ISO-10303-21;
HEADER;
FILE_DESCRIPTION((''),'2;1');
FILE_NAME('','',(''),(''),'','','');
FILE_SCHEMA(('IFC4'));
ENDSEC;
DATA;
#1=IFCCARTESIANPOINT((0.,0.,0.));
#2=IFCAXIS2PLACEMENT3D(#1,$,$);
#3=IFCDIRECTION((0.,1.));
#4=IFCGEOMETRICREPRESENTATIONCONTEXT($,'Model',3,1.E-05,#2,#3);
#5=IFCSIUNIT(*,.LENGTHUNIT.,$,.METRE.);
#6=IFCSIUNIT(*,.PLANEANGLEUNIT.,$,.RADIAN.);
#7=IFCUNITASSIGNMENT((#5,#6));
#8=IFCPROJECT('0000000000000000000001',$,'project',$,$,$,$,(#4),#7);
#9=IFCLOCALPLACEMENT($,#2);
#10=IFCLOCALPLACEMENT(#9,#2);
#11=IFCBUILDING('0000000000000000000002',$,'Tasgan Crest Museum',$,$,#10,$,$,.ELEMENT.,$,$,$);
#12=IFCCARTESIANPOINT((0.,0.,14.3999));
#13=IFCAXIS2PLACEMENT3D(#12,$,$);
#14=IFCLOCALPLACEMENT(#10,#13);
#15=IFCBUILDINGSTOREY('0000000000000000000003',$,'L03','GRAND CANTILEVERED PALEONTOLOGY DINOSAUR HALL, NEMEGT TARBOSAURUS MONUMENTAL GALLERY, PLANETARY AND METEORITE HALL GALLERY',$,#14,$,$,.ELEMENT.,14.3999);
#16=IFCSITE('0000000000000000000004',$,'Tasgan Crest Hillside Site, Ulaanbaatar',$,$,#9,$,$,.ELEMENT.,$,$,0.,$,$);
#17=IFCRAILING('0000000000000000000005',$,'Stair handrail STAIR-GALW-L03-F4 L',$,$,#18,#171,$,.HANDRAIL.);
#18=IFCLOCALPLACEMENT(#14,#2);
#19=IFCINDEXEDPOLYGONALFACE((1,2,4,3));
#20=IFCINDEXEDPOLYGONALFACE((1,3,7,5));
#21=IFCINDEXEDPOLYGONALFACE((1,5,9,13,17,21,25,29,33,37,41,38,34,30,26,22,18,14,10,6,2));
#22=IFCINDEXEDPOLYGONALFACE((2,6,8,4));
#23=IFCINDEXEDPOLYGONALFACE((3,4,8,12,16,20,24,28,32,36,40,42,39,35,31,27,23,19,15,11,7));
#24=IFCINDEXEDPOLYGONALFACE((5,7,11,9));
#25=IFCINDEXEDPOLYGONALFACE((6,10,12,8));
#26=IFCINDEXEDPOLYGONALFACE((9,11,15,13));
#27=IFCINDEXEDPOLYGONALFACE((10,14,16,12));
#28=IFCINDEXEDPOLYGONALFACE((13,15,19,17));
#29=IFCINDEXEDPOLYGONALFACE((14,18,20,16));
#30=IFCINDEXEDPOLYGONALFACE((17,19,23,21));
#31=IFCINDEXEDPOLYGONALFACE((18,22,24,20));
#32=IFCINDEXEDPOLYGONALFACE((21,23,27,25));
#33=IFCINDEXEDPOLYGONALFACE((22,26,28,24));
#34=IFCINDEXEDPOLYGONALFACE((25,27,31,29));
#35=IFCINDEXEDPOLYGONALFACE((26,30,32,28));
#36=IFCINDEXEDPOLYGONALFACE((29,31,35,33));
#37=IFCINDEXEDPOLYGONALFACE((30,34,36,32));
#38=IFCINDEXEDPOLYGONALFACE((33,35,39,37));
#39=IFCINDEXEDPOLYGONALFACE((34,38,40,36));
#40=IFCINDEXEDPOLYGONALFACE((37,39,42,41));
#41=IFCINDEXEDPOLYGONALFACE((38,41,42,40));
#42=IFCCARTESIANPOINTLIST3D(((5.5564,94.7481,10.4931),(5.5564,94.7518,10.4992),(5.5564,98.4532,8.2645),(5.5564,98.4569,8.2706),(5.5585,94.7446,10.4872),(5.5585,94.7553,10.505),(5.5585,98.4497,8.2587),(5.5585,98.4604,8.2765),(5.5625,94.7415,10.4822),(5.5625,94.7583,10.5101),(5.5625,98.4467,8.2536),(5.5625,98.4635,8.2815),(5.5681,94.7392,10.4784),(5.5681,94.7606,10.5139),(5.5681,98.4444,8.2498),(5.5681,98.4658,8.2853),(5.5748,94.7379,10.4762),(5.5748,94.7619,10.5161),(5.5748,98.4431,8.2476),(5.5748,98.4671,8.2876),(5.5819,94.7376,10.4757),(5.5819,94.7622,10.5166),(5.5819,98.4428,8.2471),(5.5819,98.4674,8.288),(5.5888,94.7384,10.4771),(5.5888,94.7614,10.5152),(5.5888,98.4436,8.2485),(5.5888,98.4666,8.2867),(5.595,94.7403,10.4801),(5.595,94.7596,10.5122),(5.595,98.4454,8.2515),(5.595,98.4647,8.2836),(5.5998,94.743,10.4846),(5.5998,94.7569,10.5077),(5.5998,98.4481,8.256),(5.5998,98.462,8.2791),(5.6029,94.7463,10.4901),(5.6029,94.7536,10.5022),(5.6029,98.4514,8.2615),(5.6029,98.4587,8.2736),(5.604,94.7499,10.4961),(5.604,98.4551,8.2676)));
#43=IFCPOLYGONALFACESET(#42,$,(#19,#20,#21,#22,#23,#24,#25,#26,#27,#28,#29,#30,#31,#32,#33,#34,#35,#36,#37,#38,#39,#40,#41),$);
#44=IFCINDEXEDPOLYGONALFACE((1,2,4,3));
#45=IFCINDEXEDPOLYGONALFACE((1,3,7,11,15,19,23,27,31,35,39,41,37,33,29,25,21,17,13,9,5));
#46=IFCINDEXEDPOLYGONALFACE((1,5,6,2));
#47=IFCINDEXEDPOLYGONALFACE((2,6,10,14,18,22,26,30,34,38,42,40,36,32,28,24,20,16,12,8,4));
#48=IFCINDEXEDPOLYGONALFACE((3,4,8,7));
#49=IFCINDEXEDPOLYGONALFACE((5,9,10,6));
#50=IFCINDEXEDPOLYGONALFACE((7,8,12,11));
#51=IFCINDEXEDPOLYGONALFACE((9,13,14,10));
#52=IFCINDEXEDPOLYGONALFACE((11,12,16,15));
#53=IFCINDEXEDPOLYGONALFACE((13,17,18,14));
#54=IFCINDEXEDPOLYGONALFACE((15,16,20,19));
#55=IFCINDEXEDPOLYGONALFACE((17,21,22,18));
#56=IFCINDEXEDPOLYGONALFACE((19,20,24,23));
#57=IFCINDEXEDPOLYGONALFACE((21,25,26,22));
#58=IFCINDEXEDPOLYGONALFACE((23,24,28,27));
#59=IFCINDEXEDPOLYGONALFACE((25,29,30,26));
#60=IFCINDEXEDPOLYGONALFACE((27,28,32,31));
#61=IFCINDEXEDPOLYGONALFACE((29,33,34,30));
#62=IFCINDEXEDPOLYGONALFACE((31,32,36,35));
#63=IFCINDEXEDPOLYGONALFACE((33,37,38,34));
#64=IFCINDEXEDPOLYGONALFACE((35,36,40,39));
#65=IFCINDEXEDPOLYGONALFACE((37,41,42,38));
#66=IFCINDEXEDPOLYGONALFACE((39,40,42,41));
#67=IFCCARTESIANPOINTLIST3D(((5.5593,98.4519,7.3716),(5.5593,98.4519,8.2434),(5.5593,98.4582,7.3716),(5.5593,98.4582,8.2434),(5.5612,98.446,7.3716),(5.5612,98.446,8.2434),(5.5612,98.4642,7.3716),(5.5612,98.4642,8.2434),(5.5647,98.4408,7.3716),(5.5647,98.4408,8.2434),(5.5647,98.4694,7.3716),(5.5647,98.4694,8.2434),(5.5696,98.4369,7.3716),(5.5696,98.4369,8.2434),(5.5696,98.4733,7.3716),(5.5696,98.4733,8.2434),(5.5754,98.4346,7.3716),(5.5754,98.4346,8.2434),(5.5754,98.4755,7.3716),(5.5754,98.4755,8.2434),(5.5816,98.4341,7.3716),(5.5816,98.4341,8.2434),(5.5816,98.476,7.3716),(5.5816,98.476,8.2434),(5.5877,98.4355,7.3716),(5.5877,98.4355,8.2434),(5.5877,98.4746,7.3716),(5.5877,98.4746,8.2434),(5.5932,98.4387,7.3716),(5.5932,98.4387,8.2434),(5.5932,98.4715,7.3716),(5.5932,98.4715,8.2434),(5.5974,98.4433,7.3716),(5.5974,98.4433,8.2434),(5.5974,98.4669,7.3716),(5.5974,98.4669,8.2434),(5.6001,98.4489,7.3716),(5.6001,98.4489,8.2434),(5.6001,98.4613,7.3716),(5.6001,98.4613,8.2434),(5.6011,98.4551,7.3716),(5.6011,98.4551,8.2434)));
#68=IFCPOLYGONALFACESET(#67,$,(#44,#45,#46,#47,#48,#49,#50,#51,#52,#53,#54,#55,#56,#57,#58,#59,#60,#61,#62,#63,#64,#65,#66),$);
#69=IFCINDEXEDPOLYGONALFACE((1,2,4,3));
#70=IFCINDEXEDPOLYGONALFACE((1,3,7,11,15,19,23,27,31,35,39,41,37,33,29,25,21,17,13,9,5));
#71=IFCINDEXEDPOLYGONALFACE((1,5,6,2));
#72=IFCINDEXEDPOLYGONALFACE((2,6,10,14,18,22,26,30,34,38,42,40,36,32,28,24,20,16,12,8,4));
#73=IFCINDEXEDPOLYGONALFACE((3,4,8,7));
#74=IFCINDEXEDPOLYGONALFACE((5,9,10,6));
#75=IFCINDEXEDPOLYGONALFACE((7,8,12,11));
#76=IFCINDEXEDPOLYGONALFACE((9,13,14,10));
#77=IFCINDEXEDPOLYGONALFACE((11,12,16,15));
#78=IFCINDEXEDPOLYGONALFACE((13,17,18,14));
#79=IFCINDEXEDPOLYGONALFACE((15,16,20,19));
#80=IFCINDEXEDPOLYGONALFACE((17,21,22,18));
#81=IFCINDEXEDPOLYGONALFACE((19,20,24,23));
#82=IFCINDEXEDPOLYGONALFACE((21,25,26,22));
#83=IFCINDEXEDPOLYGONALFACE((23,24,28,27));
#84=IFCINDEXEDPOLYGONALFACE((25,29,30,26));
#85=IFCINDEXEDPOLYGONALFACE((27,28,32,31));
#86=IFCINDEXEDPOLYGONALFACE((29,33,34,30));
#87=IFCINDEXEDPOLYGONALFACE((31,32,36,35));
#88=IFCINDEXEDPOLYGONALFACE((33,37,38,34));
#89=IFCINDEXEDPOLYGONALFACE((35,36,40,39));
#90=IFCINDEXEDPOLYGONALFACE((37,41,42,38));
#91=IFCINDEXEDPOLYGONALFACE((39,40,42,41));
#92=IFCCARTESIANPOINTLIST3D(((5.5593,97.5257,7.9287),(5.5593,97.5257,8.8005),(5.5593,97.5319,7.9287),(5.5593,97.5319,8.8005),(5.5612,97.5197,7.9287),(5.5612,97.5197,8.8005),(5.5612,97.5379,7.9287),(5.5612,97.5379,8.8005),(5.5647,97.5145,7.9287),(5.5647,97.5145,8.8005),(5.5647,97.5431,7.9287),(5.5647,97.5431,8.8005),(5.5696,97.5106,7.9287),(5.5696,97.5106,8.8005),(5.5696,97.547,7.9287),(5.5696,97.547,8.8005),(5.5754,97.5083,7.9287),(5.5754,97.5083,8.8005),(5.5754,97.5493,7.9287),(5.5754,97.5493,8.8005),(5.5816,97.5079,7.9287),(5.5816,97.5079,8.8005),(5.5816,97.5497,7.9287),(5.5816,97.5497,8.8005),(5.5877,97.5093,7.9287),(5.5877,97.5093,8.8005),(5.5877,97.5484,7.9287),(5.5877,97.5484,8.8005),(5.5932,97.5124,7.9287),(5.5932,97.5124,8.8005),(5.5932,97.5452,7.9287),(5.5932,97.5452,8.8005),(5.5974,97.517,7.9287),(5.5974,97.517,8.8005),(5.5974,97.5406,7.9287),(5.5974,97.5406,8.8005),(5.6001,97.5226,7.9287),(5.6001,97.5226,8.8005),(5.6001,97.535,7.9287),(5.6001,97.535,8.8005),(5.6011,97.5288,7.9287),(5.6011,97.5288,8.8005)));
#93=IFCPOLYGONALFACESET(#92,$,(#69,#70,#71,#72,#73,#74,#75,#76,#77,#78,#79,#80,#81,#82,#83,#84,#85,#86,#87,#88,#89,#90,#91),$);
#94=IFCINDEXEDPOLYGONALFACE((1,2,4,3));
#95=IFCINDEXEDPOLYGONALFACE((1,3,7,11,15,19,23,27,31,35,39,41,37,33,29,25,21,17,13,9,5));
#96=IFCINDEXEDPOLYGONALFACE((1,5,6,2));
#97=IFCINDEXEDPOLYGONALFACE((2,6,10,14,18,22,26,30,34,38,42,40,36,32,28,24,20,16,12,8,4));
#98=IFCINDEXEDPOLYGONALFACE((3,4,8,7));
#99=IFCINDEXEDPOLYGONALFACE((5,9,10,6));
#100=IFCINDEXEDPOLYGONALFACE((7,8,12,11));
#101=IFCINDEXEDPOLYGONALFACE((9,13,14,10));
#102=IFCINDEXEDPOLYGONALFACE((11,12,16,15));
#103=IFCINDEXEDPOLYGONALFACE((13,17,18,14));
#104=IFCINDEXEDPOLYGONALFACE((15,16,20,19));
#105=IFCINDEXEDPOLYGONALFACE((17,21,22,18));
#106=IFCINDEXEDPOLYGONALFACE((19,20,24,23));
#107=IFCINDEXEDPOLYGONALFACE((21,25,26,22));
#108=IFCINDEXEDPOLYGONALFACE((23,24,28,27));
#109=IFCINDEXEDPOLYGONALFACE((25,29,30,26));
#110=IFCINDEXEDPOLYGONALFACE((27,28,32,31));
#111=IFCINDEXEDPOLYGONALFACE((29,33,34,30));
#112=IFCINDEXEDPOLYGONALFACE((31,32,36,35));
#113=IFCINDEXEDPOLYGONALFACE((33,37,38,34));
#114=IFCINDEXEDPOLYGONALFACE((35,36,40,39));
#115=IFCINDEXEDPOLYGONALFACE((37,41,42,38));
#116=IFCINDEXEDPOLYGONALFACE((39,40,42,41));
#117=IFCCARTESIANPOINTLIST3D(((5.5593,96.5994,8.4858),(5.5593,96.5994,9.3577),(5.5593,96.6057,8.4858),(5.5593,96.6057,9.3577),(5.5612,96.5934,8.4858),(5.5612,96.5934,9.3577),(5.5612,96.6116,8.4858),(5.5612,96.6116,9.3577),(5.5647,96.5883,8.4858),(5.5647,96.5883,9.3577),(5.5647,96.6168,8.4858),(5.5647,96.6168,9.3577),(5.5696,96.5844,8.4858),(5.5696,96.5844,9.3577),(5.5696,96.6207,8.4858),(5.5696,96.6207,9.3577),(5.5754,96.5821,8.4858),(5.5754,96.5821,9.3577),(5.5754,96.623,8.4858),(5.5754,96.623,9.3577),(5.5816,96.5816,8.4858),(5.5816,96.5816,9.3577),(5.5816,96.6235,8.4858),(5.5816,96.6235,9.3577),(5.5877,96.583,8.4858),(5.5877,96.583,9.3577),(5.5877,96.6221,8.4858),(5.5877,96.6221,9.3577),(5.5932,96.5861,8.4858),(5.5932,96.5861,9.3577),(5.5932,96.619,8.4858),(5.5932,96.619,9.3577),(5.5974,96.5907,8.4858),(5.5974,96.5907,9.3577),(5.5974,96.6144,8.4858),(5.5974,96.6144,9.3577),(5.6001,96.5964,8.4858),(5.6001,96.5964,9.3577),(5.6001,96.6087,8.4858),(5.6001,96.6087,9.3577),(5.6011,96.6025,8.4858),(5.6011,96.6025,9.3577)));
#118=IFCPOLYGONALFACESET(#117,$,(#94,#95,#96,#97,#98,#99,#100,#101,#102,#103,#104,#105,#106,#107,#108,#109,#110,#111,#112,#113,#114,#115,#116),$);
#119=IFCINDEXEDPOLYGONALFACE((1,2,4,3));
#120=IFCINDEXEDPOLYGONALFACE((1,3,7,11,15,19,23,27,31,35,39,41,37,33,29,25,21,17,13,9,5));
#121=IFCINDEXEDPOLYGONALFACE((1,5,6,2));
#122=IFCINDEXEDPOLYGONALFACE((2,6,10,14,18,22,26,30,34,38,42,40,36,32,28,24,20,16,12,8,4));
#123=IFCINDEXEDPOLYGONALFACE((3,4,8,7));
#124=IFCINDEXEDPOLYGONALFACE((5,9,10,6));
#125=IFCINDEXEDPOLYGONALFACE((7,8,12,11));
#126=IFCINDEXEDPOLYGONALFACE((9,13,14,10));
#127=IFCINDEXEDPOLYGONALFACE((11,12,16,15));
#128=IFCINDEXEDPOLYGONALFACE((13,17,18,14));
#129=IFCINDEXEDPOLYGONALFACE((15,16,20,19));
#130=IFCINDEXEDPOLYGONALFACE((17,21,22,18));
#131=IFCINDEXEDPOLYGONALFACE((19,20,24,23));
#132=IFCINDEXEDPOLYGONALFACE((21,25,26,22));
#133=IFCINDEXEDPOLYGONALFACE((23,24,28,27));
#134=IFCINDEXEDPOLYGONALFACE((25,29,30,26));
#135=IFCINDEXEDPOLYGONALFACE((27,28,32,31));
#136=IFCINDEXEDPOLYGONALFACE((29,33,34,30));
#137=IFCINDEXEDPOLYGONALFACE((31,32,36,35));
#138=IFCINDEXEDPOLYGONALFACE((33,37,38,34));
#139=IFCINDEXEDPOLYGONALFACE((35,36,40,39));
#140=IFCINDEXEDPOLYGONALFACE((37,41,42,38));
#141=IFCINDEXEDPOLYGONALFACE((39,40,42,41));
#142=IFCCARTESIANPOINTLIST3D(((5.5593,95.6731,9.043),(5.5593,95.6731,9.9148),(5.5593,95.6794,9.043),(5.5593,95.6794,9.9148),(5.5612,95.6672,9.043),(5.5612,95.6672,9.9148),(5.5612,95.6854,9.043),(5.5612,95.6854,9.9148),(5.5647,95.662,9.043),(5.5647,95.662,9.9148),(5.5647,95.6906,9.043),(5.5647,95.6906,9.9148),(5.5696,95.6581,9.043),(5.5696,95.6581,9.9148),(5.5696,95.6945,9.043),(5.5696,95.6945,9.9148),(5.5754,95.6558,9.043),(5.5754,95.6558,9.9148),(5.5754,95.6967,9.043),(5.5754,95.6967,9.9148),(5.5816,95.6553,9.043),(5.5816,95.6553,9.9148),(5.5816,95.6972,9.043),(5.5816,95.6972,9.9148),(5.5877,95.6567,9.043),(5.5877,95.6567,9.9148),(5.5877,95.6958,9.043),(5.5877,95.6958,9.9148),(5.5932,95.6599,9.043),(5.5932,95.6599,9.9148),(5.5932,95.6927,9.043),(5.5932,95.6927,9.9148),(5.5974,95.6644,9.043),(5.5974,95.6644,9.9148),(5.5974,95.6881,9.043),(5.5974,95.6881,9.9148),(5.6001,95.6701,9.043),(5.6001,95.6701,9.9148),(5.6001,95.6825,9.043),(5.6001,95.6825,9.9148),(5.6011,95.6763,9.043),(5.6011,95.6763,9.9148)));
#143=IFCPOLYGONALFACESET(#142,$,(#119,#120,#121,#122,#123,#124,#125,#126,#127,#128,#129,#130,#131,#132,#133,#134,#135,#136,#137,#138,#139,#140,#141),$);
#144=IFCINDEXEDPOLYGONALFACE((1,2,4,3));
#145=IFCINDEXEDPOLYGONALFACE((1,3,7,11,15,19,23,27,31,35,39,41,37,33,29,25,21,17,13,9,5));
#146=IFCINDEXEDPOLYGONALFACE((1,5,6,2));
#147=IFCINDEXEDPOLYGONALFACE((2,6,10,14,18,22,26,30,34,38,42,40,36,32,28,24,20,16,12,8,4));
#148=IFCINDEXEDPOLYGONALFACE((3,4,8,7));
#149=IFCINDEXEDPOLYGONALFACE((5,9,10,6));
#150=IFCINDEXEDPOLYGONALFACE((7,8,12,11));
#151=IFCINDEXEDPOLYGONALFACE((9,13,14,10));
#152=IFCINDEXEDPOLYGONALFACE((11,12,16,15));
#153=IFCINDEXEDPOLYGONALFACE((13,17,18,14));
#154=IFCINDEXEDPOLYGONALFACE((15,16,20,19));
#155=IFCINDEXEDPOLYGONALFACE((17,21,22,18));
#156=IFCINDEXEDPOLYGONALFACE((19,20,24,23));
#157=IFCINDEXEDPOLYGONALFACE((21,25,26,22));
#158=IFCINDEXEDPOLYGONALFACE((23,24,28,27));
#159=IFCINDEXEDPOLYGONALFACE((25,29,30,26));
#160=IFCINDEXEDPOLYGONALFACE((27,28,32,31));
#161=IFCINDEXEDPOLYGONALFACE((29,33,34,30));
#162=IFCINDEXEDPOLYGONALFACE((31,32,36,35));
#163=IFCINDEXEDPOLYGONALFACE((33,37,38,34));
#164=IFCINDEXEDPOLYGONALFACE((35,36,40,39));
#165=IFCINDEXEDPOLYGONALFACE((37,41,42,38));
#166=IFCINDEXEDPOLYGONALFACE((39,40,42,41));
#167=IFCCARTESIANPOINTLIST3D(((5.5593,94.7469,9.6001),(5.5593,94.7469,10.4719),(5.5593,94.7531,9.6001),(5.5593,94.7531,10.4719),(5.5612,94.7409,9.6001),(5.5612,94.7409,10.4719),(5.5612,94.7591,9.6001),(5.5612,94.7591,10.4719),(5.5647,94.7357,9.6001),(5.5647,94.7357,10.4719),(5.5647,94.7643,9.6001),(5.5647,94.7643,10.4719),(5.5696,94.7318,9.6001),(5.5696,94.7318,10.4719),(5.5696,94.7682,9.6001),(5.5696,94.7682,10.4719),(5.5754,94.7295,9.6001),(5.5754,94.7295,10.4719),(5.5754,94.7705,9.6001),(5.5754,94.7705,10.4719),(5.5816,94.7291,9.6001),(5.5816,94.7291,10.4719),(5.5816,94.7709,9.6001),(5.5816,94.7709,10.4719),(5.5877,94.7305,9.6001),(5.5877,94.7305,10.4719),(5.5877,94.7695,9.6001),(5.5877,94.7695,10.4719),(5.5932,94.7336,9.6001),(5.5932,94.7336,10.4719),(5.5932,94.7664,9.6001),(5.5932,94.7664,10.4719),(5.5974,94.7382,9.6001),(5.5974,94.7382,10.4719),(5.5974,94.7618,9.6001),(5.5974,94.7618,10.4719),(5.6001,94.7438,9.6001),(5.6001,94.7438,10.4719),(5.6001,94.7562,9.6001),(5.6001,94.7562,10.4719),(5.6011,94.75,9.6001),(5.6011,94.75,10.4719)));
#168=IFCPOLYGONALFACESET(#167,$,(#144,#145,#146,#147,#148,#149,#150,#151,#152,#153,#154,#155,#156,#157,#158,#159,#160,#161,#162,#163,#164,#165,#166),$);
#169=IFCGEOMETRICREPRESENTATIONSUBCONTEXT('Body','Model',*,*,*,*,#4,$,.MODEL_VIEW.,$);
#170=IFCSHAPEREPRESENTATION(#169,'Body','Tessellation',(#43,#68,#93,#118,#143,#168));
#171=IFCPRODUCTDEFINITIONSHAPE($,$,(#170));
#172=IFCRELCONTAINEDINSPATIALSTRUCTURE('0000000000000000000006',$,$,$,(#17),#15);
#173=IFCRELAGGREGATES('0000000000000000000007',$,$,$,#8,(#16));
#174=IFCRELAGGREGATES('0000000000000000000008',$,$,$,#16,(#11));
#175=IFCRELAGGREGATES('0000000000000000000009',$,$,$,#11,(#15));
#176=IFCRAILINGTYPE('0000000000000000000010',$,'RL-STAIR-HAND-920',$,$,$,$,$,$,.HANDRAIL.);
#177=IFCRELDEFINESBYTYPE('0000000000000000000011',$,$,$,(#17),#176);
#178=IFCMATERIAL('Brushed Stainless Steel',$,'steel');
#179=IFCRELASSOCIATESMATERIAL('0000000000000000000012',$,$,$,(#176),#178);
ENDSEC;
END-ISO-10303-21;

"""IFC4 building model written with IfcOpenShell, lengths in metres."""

from ifc_helpers import new_model, si_unit, direction, frame, origin, origin_2d, place, context, subcontext, project, spatial, circle, extrude, material, type_object, element, save


model = new_model("IFC4")

# Units and contexts
model_context = context("Model", 3, precision=1e-05, world=origin(), true_north=direction((0.0, 1.0)))
body_context = subcontext(model_context, "Body", "Model", "MODEL_VIEW")
ifc_project = project(units=[si_unit("LENGTHUNIT", "METRE"), si_unit("PLANEANGLEUNIT", "RADIAN")], contexts=[model_context])

# Site, building, storey
site_placement = place(None, origin())
site = spatial("IfcSite", under=ifc_project, at=site_placement, Name="Tasgan Crest Hillside Site, Ulaanbaatar", CompositionType="ELEMENT", RefElevation=0.0)
building_placement = place(site_placement, origin())
building = spatial("IfcBuilding", under=site, at=building_placement, Name="Tasgan Crest Museum", CompositionType="ELEMENT")
storey_placement = place(building_placement, frame((0.0, 0.0, 14.3999)))
storey = spatial("IfcBuildingStorey", under=building, at=storey_placement, Name="L03", Description="GRAND CANTILEVERED PALEONTOLOGY DINOSAUR HALL, NEMEGT TARBOSAURUS MONUMENTAL GALLERY, PLANETARY AND METEORITE HALL GALLERY", CompositionType="ELEMENT", Elevation=14.3999)

# Railing
ifc_material_1 = material(Name="Brushed Stainless Steel", Category="steel")
railing_type_1 = type_object("IfcRailingType", Name="RL-STAIR-HAND-920", PredefinedType="HANDRAIL", material=ifc_material_1)
for number, where, name in (
    (1, (5.5801, 98.4551, 7.3716), "Stair handrail STAIR-GALW-L03-F4 L"),
):
    element("IfcRailing", number, at=place(storey_placement, frame(where)), inside=storey, type_object=railing_type_1, Name=name, PredefinedType="HANDRAIL", context=body_context, shape_type="SweptSolid", body=[
        extrude(circle(Radius=0.0239, at=origin_2d()), frame((0.0, 0.0, 0.896), z_axis=(0.0, -0.856934, 0.515425), x_axis=(1.0, 0.0, 0.0)), (0.0, 0.0, 1.0), 4.3237),
        extrude(circle(Radius=0.021, at=origin_2d()), origin(), (0.0, 0.0, 1.0), 0.8718),
        extrude(circle(Radius=0.021, at=origin_2d()), frame((0.0, -0.9263, 0.5571)), (0.0, 0.0, 1.0), 0.8718),
        extrude(circle(Radius=0.021, at=origin_2d()), frame((0.0, -1.8525, 1.1143)), (0.0, 0.0, 1.0), 0.8718),
        extrude(circle(Radius=0.021, at=origin_2d()), frame((0.0, -2.7788, 1.6714)), (0.0, 0.0, 1.0), 0.8718),
        extrude(circle(Radius=0.021, at=origin_2d()), frame((0.0, -3.7051, 2.2285)), (0.0, 0.0, 1.0), 0.8718),
    ])

save(model, "model.ifc")
